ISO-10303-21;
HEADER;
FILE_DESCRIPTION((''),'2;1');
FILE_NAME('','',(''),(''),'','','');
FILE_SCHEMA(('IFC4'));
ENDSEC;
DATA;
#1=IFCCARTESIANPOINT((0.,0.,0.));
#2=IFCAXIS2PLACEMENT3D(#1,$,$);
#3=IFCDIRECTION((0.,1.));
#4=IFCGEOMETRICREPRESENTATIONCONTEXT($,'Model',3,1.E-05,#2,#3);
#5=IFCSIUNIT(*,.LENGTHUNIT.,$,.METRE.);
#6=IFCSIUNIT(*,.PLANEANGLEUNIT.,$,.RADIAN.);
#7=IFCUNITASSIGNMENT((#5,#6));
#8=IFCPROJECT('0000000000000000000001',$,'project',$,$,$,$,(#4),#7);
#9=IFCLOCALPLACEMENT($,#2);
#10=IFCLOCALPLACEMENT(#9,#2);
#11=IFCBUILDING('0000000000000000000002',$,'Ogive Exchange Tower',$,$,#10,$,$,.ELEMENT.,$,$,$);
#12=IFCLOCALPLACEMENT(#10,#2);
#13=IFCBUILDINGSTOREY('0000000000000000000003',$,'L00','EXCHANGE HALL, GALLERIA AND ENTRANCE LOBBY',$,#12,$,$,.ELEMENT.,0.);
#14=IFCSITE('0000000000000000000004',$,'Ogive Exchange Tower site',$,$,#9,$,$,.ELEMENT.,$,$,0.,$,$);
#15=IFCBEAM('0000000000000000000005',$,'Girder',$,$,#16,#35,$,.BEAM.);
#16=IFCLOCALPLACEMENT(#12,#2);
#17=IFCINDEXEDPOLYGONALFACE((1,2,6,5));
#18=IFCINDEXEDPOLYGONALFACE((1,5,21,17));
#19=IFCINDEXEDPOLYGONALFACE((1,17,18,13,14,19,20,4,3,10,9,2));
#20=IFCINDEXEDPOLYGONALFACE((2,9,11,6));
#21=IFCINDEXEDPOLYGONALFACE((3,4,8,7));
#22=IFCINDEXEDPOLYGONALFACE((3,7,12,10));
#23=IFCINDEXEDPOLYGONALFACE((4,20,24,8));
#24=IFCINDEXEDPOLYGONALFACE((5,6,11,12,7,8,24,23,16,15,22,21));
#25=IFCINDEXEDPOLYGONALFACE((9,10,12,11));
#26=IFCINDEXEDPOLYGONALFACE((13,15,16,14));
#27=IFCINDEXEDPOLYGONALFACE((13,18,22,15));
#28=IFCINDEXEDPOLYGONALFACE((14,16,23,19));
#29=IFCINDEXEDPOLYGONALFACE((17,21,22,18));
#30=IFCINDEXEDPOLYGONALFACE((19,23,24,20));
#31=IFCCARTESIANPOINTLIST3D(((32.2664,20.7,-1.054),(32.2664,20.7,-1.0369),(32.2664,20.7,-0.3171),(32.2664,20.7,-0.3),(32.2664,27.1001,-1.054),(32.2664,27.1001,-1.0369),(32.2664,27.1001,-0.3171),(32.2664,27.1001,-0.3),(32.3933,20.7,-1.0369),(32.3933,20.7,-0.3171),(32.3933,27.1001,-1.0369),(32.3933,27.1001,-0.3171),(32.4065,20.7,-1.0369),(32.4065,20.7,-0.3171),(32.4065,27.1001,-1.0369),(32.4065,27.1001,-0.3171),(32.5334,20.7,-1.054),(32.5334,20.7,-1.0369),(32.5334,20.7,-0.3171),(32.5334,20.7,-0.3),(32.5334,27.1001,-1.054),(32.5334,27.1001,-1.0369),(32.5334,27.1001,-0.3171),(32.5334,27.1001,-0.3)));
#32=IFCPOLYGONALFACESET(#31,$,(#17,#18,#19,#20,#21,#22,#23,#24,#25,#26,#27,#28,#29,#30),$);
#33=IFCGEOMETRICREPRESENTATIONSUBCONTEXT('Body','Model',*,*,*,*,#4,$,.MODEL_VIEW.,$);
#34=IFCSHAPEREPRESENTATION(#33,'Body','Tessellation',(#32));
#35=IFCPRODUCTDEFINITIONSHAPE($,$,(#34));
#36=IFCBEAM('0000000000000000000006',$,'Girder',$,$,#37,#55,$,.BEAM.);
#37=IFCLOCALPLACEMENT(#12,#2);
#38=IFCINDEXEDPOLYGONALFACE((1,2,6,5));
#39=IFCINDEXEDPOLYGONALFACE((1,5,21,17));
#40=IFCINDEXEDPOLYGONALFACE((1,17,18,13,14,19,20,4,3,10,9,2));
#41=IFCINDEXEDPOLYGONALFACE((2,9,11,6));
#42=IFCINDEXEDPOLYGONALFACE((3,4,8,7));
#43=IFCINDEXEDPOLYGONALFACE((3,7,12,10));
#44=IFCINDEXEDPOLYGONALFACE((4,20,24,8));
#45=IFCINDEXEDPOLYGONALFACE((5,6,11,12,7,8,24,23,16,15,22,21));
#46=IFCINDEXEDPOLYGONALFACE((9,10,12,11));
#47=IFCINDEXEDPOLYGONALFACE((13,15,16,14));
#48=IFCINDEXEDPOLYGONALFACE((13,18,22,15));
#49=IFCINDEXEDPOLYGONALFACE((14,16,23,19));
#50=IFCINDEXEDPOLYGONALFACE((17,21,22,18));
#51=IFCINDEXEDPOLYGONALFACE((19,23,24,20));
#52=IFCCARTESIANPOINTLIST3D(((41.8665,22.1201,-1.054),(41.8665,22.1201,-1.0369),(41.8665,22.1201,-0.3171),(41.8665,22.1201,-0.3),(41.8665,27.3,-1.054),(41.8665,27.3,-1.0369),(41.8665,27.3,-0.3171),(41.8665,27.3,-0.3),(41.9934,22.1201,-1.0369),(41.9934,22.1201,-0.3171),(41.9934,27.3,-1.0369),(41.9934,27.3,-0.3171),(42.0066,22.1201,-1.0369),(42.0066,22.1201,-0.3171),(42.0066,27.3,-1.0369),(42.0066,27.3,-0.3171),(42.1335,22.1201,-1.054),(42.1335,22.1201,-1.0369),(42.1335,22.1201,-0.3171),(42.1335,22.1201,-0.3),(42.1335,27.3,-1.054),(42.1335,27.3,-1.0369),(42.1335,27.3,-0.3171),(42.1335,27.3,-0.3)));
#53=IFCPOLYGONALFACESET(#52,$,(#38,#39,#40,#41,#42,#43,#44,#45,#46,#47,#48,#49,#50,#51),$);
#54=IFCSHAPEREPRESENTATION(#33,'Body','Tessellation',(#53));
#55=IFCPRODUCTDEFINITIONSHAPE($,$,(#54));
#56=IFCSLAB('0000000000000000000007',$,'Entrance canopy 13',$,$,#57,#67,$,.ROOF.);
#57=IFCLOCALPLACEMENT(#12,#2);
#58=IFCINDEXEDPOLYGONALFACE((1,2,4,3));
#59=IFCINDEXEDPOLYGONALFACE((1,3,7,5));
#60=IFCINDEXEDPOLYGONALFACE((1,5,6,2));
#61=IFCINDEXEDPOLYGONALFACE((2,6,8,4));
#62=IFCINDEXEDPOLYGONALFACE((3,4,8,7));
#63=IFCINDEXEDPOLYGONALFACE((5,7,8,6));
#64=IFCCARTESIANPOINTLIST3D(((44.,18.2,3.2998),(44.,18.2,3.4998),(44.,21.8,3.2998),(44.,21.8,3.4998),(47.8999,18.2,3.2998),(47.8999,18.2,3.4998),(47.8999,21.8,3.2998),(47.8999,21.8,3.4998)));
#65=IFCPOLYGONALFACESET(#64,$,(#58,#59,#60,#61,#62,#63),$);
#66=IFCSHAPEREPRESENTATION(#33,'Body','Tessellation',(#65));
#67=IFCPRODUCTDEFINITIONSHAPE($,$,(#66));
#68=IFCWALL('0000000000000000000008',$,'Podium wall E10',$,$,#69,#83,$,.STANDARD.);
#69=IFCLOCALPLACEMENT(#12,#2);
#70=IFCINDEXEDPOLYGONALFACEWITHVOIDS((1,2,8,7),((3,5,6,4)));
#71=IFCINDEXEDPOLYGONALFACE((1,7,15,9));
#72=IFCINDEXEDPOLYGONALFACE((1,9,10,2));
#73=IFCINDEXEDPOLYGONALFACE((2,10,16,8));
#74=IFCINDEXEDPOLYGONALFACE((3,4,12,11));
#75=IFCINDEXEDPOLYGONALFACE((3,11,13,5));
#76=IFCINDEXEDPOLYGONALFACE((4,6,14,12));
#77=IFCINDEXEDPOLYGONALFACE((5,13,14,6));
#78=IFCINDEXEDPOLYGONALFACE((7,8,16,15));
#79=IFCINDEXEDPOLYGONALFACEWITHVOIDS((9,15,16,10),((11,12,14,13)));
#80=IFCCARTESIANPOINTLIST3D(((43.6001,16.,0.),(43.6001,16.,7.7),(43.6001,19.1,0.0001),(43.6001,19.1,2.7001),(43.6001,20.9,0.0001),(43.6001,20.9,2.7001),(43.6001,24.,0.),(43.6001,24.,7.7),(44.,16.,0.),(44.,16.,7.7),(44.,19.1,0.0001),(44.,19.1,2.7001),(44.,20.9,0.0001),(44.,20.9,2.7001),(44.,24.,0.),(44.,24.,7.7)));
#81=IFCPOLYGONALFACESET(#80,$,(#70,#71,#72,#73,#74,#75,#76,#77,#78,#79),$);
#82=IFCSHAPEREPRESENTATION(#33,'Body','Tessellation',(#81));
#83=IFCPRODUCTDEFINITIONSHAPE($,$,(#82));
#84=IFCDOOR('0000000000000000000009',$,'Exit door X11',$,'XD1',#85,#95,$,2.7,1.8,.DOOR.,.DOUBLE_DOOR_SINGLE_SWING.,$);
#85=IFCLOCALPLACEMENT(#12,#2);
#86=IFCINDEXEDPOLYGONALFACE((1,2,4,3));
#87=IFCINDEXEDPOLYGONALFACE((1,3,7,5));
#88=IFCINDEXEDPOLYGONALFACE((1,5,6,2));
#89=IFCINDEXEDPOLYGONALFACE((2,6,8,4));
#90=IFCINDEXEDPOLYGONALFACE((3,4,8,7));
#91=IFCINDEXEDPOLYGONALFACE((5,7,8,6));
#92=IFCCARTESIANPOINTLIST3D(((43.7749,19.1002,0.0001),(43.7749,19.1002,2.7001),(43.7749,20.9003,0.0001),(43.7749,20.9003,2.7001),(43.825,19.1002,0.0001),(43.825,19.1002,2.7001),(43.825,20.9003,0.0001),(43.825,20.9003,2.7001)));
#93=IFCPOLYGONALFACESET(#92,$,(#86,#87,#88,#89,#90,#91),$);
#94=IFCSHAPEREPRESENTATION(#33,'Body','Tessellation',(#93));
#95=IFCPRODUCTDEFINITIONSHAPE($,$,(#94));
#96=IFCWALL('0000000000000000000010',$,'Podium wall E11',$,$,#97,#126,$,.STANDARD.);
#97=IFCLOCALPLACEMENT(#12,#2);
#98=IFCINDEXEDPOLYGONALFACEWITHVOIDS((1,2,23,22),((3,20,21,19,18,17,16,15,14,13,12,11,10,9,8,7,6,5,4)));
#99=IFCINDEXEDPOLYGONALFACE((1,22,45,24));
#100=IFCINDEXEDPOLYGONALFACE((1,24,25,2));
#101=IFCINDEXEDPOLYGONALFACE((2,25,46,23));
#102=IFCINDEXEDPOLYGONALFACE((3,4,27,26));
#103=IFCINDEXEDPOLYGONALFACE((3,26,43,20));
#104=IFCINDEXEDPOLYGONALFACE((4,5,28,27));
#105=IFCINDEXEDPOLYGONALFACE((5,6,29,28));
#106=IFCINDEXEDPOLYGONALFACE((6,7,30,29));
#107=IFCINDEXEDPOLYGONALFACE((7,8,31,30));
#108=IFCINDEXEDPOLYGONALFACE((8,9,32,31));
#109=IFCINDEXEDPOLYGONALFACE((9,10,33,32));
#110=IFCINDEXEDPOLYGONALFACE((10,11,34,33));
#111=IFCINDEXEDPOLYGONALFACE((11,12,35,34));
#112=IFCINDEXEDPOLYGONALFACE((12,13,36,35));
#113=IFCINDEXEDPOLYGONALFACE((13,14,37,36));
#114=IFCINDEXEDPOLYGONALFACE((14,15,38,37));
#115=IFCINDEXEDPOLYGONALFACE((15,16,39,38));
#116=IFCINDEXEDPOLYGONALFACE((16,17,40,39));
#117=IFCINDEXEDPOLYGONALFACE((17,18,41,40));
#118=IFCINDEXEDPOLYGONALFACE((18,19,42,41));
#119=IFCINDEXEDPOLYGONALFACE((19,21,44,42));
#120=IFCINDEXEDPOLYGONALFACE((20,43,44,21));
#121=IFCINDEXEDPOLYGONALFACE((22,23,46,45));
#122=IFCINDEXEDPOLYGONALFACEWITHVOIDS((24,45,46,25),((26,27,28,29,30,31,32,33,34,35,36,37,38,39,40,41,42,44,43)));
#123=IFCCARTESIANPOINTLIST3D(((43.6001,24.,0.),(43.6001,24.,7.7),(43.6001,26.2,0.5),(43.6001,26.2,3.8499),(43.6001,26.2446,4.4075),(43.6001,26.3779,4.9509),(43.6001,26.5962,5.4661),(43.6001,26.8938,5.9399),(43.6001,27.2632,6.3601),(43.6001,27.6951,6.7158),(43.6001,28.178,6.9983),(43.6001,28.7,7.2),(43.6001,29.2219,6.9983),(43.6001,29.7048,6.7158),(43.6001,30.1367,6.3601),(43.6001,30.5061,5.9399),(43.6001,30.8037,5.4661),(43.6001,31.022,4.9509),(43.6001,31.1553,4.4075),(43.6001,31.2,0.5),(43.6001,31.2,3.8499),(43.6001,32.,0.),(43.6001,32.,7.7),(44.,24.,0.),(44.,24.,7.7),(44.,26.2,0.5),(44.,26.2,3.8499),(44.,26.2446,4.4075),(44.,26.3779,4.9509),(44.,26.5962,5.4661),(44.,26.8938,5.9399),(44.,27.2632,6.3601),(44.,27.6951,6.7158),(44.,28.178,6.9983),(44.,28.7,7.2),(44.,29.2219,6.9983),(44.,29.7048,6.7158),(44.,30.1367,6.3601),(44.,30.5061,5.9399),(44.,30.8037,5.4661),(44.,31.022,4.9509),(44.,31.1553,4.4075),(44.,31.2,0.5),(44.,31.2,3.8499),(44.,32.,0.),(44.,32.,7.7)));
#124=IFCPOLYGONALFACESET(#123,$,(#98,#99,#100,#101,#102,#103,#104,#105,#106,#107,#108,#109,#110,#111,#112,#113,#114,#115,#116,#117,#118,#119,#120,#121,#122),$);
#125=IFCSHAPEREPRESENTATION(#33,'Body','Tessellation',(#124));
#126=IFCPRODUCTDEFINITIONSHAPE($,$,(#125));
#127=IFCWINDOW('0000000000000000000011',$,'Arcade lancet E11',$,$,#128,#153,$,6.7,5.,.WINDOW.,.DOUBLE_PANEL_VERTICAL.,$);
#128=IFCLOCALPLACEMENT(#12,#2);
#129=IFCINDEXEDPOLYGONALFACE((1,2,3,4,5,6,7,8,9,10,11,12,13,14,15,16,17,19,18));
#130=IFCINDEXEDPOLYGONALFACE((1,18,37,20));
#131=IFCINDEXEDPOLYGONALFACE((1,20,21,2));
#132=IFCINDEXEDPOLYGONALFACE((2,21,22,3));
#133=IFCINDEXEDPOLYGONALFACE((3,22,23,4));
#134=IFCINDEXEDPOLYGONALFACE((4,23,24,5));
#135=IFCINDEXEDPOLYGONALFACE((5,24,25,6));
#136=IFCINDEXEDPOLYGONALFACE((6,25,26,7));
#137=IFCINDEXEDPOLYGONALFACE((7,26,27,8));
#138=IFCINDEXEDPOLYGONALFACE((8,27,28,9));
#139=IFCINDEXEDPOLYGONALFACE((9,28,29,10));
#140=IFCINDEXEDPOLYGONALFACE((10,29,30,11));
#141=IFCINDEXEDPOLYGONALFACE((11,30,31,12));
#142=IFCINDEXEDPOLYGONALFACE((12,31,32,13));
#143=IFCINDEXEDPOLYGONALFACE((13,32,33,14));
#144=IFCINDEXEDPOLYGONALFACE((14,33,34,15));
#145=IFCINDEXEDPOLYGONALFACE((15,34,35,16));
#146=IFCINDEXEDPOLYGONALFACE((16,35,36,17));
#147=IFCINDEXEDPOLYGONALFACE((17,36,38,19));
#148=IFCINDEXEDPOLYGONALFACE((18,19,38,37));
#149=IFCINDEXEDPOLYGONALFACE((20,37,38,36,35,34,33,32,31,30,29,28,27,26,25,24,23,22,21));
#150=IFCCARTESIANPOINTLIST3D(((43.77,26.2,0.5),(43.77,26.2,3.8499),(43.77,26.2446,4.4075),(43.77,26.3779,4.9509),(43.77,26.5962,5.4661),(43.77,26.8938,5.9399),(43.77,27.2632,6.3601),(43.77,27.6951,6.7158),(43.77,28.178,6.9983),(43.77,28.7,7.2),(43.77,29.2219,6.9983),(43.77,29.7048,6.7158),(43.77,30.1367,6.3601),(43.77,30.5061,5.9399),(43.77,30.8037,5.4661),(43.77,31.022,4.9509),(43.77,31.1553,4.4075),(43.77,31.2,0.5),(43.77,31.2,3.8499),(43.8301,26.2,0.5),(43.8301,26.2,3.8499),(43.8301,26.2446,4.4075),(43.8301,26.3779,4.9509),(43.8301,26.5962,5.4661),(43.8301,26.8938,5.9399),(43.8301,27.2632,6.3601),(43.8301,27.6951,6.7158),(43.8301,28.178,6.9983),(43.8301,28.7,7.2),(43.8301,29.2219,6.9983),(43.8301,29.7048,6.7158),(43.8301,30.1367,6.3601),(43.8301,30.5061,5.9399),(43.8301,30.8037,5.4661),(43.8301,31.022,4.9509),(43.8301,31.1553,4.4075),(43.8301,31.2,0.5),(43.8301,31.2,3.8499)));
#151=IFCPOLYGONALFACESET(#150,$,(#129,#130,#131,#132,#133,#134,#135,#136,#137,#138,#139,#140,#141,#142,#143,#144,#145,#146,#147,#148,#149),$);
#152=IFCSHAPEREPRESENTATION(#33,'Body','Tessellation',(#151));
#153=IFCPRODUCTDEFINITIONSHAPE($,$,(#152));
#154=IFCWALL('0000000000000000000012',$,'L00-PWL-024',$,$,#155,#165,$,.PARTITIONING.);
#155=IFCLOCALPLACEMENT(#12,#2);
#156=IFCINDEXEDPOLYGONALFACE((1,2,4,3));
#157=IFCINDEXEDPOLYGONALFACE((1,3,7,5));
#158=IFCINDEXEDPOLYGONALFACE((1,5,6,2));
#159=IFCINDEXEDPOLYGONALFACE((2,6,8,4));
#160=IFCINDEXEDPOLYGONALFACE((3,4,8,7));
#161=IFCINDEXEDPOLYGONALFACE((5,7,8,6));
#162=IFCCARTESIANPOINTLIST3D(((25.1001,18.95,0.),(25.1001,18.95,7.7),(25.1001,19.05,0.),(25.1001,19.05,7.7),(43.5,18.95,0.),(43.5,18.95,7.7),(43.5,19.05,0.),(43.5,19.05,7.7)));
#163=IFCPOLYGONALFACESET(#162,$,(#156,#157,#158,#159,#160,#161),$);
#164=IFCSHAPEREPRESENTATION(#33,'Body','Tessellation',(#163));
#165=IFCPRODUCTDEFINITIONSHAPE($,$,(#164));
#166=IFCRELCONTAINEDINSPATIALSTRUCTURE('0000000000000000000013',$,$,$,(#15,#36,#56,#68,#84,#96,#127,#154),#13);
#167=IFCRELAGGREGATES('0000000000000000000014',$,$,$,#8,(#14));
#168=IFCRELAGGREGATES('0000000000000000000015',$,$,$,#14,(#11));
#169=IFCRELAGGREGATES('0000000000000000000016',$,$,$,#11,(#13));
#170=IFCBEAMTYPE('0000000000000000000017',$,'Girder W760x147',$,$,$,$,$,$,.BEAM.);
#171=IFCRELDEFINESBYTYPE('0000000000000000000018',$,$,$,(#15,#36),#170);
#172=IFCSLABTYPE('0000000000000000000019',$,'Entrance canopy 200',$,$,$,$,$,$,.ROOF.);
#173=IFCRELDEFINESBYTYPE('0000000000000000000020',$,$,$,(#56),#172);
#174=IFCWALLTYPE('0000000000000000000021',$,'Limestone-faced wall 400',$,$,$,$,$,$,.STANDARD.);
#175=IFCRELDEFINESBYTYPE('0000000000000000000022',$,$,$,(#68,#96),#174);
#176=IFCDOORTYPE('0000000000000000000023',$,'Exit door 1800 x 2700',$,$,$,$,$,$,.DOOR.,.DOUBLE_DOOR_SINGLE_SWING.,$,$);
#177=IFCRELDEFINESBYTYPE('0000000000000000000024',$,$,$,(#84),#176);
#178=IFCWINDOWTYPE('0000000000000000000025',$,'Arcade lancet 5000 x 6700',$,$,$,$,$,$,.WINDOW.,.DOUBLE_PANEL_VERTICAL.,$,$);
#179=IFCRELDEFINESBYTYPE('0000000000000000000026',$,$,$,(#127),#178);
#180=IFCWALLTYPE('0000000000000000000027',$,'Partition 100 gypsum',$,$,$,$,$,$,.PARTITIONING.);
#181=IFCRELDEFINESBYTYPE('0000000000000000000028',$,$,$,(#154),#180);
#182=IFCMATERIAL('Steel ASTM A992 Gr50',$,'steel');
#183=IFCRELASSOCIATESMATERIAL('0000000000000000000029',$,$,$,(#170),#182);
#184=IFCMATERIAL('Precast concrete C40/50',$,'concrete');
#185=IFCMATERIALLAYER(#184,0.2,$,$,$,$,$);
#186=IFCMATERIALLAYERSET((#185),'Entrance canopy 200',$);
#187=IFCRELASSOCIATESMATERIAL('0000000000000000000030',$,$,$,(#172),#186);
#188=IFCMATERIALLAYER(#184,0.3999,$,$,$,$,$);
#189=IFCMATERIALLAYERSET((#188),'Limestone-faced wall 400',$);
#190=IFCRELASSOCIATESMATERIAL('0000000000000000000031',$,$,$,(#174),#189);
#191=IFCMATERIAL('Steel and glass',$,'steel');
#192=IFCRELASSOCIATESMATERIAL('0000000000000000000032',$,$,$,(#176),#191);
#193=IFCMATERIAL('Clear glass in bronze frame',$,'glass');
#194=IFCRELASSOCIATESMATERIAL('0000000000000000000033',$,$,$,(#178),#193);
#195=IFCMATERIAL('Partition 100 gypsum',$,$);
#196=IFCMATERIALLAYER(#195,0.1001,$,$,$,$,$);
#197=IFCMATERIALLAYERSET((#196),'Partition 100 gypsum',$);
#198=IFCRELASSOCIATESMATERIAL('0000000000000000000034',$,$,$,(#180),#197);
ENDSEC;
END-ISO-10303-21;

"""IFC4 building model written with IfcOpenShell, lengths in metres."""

from ifc_helpers import new_model, si_unit, direction, frame, frame_2d, origin, origin_2d, place, context, subcontext, project, spatial, polyline, rectangle, i_section, outline, extrude, material, layer, layer_set, material_profile, profile_set, type_object, element, fill, save


model = new_model("IFC4")

# Units and contexts
model_context = context("Model", 3, precision=1e-05, world=origin(), true_north=direction((0.0, 1.0)))
body_context = subcontext(model_context, "Body", "Model", "MODEL_VIEW")
ifc_project = project(units=[si_unit("LENGTHUNIT", "METRE"), si_unit("PLANEANGLEUNIT", "RADIAN")], contexts=[model_context])

# Site, building, storey
site_placement = place(None, origin())
site = spatial("IfcSite", under=ifc_project, at=site_placement, Name="Ogive Exchange Tower site", CompositionType="ELEMENT", RefElevation=0.0)
building_placement = place(site_placement, origin())
building = spatial("IfcBuilding", under=site, at=building_placement, Name="Ogive Exchange Tower", CompositionType="ELEMENT")
storey_placement = place(building_placement, origin())
storey = spatial("IfcBuildingStorey", under=building, at=storey_placement, Name="L00", Description="EXCHANGE HALL, GALLERIA AND ENTRANCE LOBBY", CompositionType="ELEMENT", Elevation=0.0)

# Beams
ifc_material_1 = material(Name="Steel ASTM A992 Gr50", Category="steel")
ifc_material_profile_1 = material_profile(ifc_material_1, i_section(OverallWidth=0.2671, OverallDepth=0.7539, WebThickness=0.0132, FlangeThickness=0.0171, at=origin_2d()), Name="W760x147")
ifc_profile_set_1 = profile_set([ifc_material_profile_1], Name="Steel ASTM A992 Gr50")
beam_type_1 = type_object("IfcBeamType", Name="Girder W760x147", PredefinedType="BEAM", material=ifc_profile_set_1)
beam_1_placement = place(storey_placement, frame((32.3999, 20.7, -0.677), z_axis=(0.0, 1.0, 0.0), x_axis=(-1.0, 0.0, 0.0)))
element("IfcBeam", 1, at=beam_1_placement, inside=storey, type_object=beam_type_1, Name="Girder", PredefinedType="BEAM", context=body_context, shape_type="SweptSolid", body=[
    extrude(i_section(OverallWidth=0.2671, OverallDepth=0.7539, WebThickness=0.0132, FlangeThickness=0.0171, at=origin_2d()), origin(), (0.0, 0.0, 1.0), 6.4001),
])
beam_2_placement = place(storey_placement, frame((42.0, 22.1201, -0.677), z_axis=(0.0, 1.0, 0.0), x_axis=(-1.0, 0.0, 0.0)))
element("IfcBeam", 2, at=beam_2_placement, inside=storey, type_object=beam_type_1, Name="Girder", PredefinedType="BEAM", context=body_context, shape_type="SweptSolid", body=[
    extrude(i_section(OverallWidth=0.2671, OverallDepth=0.7539, WebThickness=0.0132, FlangeThickness=0.0171, at=origin_2d()), origin(), (0.0, 0.0, 1.0), 5.1799),
])

# Slab
ifc_material_2 = material(Name="Precast concrete C40/50", Category="concrete")
ifc_layer_1 = layer(ifc_material_2, 0.2)
ifc_layer_set_1 = layer_set([ifc_layer_1], Name="Entrance canopy 200")
slab_type = type_object("IfcSlabType", Name="Entrance canopy 200", PredefinedType="ROOF", material=ifc_layer_set_1)
slab_placement = place(storey_placement, frame((45.95, 20.0, 3.2998), z_axis=(0.0, 0.0, 1.0), x_axis=(0.0, 1.0, 0.0)))
element("IfcSlab", 3, at=slab_placement, inside=storey, type_object=slab_type, Name="Entrance canopy 13", PredefinedType="ROOF", context=body_context, shape_type="SweptSolid", body=[
    extrude(rectangle(XDim=3.6001, YDim=3.8999, at=origin_2d()), origin(), (0.0, 0.0, 1.0), 0.2),
])

# Wall, opening, door
ifc_layer_2 = layer(ifc_material_2, 0.3999)
ifc_layer_set_2 = layer_set([ifc_layer_2], Name="Limestone-faced wall 400")
wall_type_1 = type_object("IfcWallType", Name="Limestone-faced wall 400", PredefinedType="STANDARD", material=ifc_layer_set_2)
wall_1_placement = place(storey_placement, frame((43.8, 16.0, 0.0), z_axis=(0.0, 0.0, 1.0), x_axis=(0.0, 1.0, 0.0)))
wall_1 = element("IfcWall", 4, at=wall_1_placement, inside=storey, type_object=wall_type_1, Name="Podium wall E10", PredefinedType="STANDARD", context=body_context, shape_type="SweptSolid", body=[
    extrude(rectangle(XDim=8.0, YDim=0.3999, at=frame_2d((4.0, 0.0))), origin(), (0.0, 0.0, 1.0), 7.7),
])
opening_1_placement = place(wall_1_placement, frame((3.1001, 0.0, 0.0)))
opening_1 = element("IfcOpeningElement", 5, at=opening_1_placement, cuts=wall_1, PredefinedType="OPENING", context=body_context, shape_type="SweptSolid", body=[
    extrude(rectangle(XDim=1.8, YDim=2.7, at=frame_2d((0.8999, 1.3501))), frame((0.0, 0.21, 0.0), z_axis=(0.0, -1.0, 0.0), x_axis=(1.0, 0.0, 0.0)), (0.0, 0.0, 1.0), 0.4199),
])
ifc_material_3 = material(Name="Steel and glass", Category="steel")
door_type_1 = type_object("IfcDoorType", Name="Exit door 1800 x 2700", OperationType="DOUBLE_DOOR_SINGLE_SWING", PredefinedType="DOOR", material=ifc_material_3)
door_1_placement = place(opening_1_placement, frame((1.8, 0.0, 0.0), z_axis=(0.0, 0.0, 1.0), x_axis=(-1.0, 0.0, 0.0)))
door_1 = element("IfcDoor", 6, at=door_1_placement, inside=storey, type_object=door_type_1, Name="Exit door X11", ObjectType="XD1", OperationType="DOUBLE_DOOR_SINGLE_SWING", OverallHeight=2.7, OverallWidth=1.8, PredefinedType="DOOR", context=body_context, shape_type="SweptSolid", body=[
    extrude(rectangle(XDim=1.8, YDim=2.7, at=frame_2d((0.8999, 1.3501))), frame((0.0, 0.0249, 0.0), z_axis=(0.0, -1.0, 0.0), x_axis=(1.0, 0.0, 0.0)), (0.0, 0.0, 1.0), 0.05),
])
fill(opening_1, door_1)

# Wall, opening, window
wall_2_placement = place(storey_placement, frame((43.8, 24.0, 0.0), z_axis=(0.0, 0.0, 1.0), x_axis=(0.0, 1.0, 0.0)))
wall_2 = element("IfcWall", 7, at=wall_2_placement, inside=storey, type_object=wall_type_1, Name="Podium wall E11", PredefinedType="STANDARD", context=body_context, shape_type="SweptSolid", body=[
    extrude(rectangle(XDim=8.0, YDim=0.3999, at=frame_2d((4.0, 0.0))), origin(), (0.0, 0.0, 1.0), 7.7),
])
opening_2_placement = place(wall_2_placement, frame((2.2, 0.0, 0.5)))
opening_2 = element("IfcOpeningElement", 8, at=opening_2_placement, cuts=wall_2, PredefinedType="OPENING", context=body_context, shape_type="SweptSolid", body=[
    extrude(outline(polyline([(0.0, 0.0), (5.0, 0.0), (5.0, 3.3499), (4.9553, 3.9075), (4.822, 4.4509), (4.6038, 4.9661), (4.3062, 5.4399), (3.9368, 5.8601), (3.5049, 6.2158), (3.022, 6.4983), (2.5, 6.7), (1.978, 6.4983), (1.4951, 6.2158), (1.0632, 5.8601), (0.6938, 5.4399), (0.3962, 4.9661), (0.178, 4.4509), (0.0447, 3.9075), (0.0, 3.3499), (0.0, 0.0)])), frame((0.0, 0.21, 0.0), z_axis=(0.0, -1.0, 0.0), x_axis=(1.0, 0.0, 0.0)), (0.0, 0.0, 1.0), 0.4199),
])
ifc_material_4 = material(Name="Clear glass in bronze frame", Category="glass")
window_type = type_object("IfcWindowType", Name="Arcade lancet 5000 x 6700", PartitioningType="DOUBLE_PANEL_VERTICAL", PredefinedType="WINDOW", material=ifc_material_4)
window_placement = place(opening_2_placement, origin())
window = element("IfcWindow", 9, at=window_placement, inside=storey, type_object=window_type, Name="Arcade lancet E11", OverallHeight=6.7, OverallWidth=5.0, PartitioningType="DOUBLE_PANEL_VERTICAL", PredefinedType="WINDOW", context=body_context, shape_type="SweptSolid", body=[
    extrude(outline(polyline([(0.0, 0.0), (5.0, 0.0), (5.0, 3.3499), (4.9553, 3.9075), (4.822, 4.4509), (4.6038, 4.9661), (4.3062, 5.4399), (3.9368, 5.8601), (3.5049, 6.2158), (3.022, 6.4983), (2.5, 6.7), (1.978, 6.4983), (1.4951, 6.2158), (1.0632, 5.8601), (0.6938, 5.4399), (0.3962, 4.9661), (0.178, 4.4509), (0.0447, 3.9075), (0.0, 3.3499), (0.0, 0.0)])), frame((0.0, 0.03, 0.0), z_axis=(0.0, -1.0, 0.0), x_axis=(1.0, 0.0, 0.0)), (0.0, 0.0, 1.0), 0.0601),
])
fill(opening_2, window)

# Wall
ifc_material_5 = material(Name="Partition 100 gypsum")
ifc_layer_3 = layer(ifc_material_5, 0.1001)
ifc_layer_set_3 = layer_set([ifc_layer_3], Name="Partition 100 gypsum")
wall_type_2 = type_object("IfcWallType", Name="Partition 100 gypsum", PredefinedType="PARTITIONING", material=ifc_layer_set_3)
wall_3_placement = place(storey_placement, frame((25.1001, 19.0, 0.0), z_axis=(0.0, 0.0, 1.0), x_axis=(1.0, 0.0, 0.0)))
element("IfcWall", 10, at=wall_3_placement, inside=storey, type_object=wall_type_2, Name="L00-PWL-024", PredefinedType="PARTITIONING", context=body_context, shape_type="SweptSolid", body=[
    extrude(rectangle(XDim=18.3999, YDim=0.1001, at=frame_2d((9.2, 0.0))), origin(), (0.0, 0.0, 1.0), 7.7),
])

save(model, "model.ifc")
